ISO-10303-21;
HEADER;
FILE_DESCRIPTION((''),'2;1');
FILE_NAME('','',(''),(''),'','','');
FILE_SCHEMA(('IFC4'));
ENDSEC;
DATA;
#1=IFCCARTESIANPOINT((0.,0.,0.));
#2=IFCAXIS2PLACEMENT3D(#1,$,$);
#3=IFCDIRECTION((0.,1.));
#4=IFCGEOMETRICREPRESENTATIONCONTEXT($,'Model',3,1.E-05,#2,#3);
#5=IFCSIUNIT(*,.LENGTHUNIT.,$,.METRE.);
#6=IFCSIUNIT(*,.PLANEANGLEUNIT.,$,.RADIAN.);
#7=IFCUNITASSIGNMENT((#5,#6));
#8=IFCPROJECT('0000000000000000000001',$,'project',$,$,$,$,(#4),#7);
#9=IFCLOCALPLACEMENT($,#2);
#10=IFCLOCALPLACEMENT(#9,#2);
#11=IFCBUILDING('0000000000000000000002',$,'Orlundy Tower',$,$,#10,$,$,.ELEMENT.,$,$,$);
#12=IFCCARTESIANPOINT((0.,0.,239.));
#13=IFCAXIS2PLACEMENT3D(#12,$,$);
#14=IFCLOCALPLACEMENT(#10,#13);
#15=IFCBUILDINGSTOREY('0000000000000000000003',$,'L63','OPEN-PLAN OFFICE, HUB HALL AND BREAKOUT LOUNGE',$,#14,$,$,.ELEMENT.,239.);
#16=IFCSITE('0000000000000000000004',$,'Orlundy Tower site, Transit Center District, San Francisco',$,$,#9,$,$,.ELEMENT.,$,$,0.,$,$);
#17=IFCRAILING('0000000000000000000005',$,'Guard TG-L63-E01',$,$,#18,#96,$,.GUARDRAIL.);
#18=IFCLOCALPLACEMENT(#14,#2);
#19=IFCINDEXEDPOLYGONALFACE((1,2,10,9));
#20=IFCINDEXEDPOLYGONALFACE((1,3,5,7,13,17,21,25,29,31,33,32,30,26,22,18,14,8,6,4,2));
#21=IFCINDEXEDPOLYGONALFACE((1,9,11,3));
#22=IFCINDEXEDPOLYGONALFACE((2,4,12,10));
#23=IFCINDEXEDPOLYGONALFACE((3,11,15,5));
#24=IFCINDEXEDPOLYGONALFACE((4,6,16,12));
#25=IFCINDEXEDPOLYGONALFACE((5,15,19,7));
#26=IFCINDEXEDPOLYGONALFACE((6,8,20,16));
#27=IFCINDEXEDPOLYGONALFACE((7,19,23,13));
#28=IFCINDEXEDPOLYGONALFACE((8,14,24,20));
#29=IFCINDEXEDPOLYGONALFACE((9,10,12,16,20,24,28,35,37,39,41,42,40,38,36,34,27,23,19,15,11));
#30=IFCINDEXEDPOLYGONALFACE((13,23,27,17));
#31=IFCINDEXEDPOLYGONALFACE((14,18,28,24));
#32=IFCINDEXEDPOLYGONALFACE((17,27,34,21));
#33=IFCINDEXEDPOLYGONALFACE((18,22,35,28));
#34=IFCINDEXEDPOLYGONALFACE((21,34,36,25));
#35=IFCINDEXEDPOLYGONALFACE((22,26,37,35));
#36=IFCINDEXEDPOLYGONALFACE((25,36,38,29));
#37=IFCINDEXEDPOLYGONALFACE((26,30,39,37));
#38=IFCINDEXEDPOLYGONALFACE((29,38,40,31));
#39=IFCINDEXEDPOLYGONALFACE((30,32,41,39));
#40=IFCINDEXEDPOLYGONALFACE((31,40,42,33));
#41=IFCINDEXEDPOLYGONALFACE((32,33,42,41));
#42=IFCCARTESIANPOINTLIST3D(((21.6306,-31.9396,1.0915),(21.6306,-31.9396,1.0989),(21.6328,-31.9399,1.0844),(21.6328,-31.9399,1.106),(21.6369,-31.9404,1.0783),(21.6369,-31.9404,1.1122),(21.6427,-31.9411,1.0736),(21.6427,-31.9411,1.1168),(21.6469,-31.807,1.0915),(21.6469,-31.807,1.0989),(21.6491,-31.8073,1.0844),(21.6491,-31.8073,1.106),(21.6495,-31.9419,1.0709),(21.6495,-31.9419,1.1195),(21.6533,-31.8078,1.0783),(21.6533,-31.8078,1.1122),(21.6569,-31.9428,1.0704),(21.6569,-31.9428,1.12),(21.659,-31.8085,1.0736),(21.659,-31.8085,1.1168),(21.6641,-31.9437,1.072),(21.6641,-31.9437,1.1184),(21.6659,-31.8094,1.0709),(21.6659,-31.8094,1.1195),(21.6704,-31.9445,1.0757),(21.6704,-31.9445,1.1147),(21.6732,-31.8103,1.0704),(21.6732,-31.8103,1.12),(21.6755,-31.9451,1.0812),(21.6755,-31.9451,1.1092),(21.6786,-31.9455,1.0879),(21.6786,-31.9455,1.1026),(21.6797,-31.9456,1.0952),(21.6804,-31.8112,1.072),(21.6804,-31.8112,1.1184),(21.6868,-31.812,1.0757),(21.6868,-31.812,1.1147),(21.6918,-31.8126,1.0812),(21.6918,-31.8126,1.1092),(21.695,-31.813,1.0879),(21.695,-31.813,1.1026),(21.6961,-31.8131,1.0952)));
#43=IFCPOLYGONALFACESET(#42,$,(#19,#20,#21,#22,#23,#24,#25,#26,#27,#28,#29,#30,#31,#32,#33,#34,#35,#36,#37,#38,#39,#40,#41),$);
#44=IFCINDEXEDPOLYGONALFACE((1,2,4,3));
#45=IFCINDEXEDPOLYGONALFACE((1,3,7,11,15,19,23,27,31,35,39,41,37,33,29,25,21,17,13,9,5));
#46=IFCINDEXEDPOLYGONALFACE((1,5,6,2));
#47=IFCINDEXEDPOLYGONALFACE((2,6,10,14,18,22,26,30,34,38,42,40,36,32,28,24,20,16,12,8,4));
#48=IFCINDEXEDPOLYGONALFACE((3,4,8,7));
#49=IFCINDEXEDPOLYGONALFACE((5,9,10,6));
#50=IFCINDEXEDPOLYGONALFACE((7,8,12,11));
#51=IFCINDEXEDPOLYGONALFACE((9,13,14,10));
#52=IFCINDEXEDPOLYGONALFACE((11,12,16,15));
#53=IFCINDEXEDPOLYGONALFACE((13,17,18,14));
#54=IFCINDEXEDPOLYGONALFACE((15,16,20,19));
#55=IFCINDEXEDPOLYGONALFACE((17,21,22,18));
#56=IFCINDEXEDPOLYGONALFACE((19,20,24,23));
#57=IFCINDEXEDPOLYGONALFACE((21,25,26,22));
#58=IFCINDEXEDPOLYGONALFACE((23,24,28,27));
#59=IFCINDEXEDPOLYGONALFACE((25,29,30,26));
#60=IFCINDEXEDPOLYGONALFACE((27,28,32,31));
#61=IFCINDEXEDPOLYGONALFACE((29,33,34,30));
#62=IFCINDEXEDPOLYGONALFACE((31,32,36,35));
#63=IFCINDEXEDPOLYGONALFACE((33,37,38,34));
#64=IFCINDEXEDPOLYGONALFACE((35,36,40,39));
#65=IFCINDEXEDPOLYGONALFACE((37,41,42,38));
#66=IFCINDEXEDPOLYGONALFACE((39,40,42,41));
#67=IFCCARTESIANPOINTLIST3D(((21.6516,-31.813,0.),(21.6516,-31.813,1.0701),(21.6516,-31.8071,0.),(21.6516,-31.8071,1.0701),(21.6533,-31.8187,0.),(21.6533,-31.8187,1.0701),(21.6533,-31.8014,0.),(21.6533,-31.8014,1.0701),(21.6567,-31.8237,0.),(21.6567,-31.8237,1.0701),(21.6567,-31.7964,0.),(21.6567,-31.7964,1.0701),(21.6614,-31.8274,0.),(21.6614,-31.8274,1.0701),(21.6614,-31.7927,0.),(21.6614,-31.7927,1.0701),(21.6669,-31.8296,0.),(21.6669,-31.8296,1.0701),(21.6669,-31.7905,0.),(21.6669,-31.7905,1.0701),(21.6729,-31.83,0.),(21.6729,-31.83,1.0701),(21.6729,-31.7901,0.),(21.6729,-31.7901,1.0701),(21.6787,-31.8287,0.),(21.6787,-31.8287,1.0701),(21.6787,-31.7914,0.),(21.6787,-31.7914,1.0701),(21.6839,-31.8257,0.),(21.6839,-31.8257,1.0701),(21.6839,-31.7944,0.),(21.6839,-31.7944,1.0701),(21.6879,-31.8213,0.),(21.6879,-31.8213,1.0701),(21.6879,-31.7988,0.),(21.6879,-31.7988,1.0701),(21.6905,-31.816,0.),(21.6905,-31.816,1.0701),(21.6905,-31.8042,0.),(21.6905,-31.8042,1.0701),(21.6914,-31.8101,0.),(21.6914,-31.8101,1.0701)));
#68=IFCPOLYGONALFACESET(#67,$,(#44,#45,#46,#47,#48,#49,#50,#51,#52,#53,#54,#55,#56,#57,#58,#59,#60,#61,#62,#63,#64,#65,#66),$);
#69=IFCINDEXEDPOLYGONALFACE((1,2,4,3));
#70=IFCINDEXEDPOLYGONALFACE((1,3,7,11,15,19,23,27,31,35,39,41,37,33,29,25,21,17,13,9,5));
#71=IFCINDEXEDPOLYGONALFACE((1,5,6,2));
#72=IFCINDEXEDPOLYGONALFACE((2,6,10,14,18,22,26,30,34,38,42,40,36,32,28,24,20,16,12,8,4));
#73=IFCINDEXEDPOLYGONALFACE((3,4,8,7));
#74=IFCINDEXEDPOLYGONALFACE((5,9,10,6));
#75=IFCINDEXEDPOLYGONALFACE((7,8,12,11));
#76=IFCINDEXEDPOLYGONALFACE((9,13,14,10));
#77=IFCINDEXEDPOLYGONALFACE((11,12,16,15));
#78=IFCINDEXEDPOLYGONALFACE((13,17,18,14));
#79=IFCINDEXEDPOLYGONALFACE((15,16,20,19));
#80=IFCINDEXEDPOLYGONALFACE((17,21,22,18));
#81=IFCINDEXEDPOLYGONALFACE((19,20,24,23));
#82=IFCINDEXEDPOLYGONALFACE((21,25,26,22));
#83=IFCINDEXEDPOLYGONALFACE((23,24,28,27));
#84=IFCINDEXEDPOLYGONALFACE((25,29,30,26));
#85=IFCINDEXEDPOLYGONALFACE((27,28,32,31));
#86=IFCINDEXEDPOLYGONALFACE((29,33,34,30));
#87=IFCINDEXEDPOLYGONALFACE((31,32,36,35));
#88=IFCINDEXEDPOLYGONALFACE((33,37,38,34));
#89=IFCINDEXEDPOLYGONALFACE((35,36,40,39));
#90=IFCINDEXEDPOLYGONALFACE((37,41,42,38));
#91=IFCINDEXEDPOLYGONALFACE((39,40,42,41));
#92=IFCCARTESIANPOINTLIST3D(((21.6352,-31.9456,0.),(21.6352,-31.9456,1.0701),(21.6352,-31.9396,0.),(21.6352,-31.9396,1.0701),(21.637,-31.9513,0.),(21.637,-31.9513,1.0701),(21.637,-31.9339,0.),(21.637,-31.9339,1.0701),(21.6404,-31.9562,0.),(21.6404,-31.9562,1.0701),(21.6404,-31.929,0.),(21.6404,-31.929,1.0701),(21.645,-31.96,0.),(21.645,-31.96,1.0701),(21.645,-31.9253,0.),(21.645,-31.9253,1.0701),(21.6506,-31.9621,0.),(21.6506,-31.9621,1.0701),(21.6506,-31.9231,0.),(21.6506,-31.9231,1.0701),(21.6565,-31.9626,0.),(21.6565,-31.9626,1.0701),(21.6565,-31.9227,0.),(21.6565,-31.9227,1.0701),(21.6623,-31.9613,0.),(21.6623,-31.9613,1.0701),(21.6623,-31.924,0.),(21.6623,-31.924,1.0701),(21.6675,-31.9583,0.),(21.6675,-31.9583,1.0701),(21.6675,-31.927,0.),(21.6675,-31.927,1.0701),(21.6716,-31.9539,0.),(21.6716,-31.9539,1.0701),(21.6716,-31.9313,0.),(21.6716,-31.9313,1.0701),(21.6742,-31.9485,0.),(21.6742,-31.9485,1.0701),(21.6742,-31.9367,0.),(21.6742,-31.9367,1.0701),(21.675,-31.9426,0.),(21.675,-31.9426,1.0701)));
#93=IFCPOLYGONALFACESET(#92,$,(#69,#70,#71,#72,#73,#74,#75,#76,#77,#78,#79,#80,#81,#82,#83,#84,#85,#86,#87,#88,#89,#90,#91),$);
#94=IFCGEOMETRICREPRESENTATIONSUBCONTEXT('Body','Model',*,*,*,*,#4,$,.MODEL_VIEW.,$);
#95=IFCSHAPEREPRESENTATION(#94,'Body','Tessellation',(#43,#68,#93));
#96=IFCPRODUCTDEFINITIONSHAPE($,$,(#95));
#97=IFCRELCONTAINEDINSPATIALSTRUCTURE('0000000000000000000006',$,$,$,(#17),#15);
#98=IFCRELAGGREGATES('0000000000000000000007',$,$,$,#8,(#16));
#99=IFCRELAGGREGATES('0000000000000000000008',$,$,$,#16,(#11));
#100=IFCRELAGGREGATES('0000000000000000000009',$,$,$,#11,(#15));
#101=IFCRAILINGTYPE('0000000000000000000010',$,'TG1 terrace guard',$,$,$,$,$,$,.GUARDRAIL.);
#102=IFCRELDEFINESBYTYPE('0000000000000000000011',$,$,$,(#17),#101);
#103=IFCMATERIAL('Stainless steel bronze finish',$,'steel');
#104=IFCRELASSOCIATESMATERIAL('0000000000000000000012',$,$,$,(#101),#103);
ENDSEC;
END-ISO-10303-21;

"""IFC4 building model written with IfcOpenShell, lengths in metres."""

from ifc_helpers import new_model, si_unit, direction, frame, origin, origin_2d, place, context, subcontext, project, spatial, circle, extrude, material, type_object, element, save


model = new_model("IFC4")

# Units and contexts
model_context = context("Model", 3, precision=1e-05, world=origin(), true_north=direction((0.0, 1.0)))
body_context = subcontext(model_context, "Body", "Model", "MODEL_VIEW")
ifc_project = project(units=[si_unit("LENGTHUNIT", "METRE"), si_unit("PLANEANGLEUNIT", "RADIAN")], contexts=[model_context])

# Site, building, storey
site_placement = place(None, origin())
site = spatial("IfcSite", under=ifc_project, at=site_placement, Name="Orlundy Tower site, Transit Center District, San Francisco", CompositionType="ELEMENT", RefElevation=0.0)
building_placement = place(site_placement, origin())
building = spatial("IfcBuilding", under=site, at=building_placement, Name="Orlundy Tower", CompositionType="ELEMENT")
storey_placement = place(building_placement, frame((0.0, 0.0, 239.0)))
storey = spatial("IfcBuildingStorey", under=building, at=storey_placement, Name="L63", Description="OPEN-PLAN OFFICE, HUB HALL AND BREAKOUT LOUNGE", CompositionType="ELEMENT", Elevation=239.0)

# Railing
ifc_material_1 = material(Name="Stainless steel bronze finish", Category="steel")
railing_type = type_object("IfcRailingType", Name="TG1 terrace guard", PredefinedType="GUARDRAIL", material=ifc_material_1)
railing_placement = place(storey_placement, frame((21.6714, -31.8101, 0.0)))
element("IfcRailing", 1, at=railing_placement, inside=storey, type_object=railing_type, Name="Guard TG-L63-E01", PredefinedType="GUARDRAIL", context=body_context, shape_type="SweptSolid", body=[
    extrude(circle(Radius=0.0249, at=origin_2d()), frame((0.0, 0.0, 1.0952), z_axis=(-0.12246, -0.992473, 0.0), x_axis=(0.992473, -0.12246, 0.0)), (0.0, 0.0, 1.0), 0.1335),
    extrude(circle(Radius=0.02, at=origin_2d()), origin(), (0.0, 0.0, 1.0), 1.0701),
    extrude(circle(Radius=0.02, at=origin_2d()), frame((-0.0164, -0.1326, 0.0)), (0.0, 0.0, 1.0), 1.0701),
])

save(model, "model.ifc")
